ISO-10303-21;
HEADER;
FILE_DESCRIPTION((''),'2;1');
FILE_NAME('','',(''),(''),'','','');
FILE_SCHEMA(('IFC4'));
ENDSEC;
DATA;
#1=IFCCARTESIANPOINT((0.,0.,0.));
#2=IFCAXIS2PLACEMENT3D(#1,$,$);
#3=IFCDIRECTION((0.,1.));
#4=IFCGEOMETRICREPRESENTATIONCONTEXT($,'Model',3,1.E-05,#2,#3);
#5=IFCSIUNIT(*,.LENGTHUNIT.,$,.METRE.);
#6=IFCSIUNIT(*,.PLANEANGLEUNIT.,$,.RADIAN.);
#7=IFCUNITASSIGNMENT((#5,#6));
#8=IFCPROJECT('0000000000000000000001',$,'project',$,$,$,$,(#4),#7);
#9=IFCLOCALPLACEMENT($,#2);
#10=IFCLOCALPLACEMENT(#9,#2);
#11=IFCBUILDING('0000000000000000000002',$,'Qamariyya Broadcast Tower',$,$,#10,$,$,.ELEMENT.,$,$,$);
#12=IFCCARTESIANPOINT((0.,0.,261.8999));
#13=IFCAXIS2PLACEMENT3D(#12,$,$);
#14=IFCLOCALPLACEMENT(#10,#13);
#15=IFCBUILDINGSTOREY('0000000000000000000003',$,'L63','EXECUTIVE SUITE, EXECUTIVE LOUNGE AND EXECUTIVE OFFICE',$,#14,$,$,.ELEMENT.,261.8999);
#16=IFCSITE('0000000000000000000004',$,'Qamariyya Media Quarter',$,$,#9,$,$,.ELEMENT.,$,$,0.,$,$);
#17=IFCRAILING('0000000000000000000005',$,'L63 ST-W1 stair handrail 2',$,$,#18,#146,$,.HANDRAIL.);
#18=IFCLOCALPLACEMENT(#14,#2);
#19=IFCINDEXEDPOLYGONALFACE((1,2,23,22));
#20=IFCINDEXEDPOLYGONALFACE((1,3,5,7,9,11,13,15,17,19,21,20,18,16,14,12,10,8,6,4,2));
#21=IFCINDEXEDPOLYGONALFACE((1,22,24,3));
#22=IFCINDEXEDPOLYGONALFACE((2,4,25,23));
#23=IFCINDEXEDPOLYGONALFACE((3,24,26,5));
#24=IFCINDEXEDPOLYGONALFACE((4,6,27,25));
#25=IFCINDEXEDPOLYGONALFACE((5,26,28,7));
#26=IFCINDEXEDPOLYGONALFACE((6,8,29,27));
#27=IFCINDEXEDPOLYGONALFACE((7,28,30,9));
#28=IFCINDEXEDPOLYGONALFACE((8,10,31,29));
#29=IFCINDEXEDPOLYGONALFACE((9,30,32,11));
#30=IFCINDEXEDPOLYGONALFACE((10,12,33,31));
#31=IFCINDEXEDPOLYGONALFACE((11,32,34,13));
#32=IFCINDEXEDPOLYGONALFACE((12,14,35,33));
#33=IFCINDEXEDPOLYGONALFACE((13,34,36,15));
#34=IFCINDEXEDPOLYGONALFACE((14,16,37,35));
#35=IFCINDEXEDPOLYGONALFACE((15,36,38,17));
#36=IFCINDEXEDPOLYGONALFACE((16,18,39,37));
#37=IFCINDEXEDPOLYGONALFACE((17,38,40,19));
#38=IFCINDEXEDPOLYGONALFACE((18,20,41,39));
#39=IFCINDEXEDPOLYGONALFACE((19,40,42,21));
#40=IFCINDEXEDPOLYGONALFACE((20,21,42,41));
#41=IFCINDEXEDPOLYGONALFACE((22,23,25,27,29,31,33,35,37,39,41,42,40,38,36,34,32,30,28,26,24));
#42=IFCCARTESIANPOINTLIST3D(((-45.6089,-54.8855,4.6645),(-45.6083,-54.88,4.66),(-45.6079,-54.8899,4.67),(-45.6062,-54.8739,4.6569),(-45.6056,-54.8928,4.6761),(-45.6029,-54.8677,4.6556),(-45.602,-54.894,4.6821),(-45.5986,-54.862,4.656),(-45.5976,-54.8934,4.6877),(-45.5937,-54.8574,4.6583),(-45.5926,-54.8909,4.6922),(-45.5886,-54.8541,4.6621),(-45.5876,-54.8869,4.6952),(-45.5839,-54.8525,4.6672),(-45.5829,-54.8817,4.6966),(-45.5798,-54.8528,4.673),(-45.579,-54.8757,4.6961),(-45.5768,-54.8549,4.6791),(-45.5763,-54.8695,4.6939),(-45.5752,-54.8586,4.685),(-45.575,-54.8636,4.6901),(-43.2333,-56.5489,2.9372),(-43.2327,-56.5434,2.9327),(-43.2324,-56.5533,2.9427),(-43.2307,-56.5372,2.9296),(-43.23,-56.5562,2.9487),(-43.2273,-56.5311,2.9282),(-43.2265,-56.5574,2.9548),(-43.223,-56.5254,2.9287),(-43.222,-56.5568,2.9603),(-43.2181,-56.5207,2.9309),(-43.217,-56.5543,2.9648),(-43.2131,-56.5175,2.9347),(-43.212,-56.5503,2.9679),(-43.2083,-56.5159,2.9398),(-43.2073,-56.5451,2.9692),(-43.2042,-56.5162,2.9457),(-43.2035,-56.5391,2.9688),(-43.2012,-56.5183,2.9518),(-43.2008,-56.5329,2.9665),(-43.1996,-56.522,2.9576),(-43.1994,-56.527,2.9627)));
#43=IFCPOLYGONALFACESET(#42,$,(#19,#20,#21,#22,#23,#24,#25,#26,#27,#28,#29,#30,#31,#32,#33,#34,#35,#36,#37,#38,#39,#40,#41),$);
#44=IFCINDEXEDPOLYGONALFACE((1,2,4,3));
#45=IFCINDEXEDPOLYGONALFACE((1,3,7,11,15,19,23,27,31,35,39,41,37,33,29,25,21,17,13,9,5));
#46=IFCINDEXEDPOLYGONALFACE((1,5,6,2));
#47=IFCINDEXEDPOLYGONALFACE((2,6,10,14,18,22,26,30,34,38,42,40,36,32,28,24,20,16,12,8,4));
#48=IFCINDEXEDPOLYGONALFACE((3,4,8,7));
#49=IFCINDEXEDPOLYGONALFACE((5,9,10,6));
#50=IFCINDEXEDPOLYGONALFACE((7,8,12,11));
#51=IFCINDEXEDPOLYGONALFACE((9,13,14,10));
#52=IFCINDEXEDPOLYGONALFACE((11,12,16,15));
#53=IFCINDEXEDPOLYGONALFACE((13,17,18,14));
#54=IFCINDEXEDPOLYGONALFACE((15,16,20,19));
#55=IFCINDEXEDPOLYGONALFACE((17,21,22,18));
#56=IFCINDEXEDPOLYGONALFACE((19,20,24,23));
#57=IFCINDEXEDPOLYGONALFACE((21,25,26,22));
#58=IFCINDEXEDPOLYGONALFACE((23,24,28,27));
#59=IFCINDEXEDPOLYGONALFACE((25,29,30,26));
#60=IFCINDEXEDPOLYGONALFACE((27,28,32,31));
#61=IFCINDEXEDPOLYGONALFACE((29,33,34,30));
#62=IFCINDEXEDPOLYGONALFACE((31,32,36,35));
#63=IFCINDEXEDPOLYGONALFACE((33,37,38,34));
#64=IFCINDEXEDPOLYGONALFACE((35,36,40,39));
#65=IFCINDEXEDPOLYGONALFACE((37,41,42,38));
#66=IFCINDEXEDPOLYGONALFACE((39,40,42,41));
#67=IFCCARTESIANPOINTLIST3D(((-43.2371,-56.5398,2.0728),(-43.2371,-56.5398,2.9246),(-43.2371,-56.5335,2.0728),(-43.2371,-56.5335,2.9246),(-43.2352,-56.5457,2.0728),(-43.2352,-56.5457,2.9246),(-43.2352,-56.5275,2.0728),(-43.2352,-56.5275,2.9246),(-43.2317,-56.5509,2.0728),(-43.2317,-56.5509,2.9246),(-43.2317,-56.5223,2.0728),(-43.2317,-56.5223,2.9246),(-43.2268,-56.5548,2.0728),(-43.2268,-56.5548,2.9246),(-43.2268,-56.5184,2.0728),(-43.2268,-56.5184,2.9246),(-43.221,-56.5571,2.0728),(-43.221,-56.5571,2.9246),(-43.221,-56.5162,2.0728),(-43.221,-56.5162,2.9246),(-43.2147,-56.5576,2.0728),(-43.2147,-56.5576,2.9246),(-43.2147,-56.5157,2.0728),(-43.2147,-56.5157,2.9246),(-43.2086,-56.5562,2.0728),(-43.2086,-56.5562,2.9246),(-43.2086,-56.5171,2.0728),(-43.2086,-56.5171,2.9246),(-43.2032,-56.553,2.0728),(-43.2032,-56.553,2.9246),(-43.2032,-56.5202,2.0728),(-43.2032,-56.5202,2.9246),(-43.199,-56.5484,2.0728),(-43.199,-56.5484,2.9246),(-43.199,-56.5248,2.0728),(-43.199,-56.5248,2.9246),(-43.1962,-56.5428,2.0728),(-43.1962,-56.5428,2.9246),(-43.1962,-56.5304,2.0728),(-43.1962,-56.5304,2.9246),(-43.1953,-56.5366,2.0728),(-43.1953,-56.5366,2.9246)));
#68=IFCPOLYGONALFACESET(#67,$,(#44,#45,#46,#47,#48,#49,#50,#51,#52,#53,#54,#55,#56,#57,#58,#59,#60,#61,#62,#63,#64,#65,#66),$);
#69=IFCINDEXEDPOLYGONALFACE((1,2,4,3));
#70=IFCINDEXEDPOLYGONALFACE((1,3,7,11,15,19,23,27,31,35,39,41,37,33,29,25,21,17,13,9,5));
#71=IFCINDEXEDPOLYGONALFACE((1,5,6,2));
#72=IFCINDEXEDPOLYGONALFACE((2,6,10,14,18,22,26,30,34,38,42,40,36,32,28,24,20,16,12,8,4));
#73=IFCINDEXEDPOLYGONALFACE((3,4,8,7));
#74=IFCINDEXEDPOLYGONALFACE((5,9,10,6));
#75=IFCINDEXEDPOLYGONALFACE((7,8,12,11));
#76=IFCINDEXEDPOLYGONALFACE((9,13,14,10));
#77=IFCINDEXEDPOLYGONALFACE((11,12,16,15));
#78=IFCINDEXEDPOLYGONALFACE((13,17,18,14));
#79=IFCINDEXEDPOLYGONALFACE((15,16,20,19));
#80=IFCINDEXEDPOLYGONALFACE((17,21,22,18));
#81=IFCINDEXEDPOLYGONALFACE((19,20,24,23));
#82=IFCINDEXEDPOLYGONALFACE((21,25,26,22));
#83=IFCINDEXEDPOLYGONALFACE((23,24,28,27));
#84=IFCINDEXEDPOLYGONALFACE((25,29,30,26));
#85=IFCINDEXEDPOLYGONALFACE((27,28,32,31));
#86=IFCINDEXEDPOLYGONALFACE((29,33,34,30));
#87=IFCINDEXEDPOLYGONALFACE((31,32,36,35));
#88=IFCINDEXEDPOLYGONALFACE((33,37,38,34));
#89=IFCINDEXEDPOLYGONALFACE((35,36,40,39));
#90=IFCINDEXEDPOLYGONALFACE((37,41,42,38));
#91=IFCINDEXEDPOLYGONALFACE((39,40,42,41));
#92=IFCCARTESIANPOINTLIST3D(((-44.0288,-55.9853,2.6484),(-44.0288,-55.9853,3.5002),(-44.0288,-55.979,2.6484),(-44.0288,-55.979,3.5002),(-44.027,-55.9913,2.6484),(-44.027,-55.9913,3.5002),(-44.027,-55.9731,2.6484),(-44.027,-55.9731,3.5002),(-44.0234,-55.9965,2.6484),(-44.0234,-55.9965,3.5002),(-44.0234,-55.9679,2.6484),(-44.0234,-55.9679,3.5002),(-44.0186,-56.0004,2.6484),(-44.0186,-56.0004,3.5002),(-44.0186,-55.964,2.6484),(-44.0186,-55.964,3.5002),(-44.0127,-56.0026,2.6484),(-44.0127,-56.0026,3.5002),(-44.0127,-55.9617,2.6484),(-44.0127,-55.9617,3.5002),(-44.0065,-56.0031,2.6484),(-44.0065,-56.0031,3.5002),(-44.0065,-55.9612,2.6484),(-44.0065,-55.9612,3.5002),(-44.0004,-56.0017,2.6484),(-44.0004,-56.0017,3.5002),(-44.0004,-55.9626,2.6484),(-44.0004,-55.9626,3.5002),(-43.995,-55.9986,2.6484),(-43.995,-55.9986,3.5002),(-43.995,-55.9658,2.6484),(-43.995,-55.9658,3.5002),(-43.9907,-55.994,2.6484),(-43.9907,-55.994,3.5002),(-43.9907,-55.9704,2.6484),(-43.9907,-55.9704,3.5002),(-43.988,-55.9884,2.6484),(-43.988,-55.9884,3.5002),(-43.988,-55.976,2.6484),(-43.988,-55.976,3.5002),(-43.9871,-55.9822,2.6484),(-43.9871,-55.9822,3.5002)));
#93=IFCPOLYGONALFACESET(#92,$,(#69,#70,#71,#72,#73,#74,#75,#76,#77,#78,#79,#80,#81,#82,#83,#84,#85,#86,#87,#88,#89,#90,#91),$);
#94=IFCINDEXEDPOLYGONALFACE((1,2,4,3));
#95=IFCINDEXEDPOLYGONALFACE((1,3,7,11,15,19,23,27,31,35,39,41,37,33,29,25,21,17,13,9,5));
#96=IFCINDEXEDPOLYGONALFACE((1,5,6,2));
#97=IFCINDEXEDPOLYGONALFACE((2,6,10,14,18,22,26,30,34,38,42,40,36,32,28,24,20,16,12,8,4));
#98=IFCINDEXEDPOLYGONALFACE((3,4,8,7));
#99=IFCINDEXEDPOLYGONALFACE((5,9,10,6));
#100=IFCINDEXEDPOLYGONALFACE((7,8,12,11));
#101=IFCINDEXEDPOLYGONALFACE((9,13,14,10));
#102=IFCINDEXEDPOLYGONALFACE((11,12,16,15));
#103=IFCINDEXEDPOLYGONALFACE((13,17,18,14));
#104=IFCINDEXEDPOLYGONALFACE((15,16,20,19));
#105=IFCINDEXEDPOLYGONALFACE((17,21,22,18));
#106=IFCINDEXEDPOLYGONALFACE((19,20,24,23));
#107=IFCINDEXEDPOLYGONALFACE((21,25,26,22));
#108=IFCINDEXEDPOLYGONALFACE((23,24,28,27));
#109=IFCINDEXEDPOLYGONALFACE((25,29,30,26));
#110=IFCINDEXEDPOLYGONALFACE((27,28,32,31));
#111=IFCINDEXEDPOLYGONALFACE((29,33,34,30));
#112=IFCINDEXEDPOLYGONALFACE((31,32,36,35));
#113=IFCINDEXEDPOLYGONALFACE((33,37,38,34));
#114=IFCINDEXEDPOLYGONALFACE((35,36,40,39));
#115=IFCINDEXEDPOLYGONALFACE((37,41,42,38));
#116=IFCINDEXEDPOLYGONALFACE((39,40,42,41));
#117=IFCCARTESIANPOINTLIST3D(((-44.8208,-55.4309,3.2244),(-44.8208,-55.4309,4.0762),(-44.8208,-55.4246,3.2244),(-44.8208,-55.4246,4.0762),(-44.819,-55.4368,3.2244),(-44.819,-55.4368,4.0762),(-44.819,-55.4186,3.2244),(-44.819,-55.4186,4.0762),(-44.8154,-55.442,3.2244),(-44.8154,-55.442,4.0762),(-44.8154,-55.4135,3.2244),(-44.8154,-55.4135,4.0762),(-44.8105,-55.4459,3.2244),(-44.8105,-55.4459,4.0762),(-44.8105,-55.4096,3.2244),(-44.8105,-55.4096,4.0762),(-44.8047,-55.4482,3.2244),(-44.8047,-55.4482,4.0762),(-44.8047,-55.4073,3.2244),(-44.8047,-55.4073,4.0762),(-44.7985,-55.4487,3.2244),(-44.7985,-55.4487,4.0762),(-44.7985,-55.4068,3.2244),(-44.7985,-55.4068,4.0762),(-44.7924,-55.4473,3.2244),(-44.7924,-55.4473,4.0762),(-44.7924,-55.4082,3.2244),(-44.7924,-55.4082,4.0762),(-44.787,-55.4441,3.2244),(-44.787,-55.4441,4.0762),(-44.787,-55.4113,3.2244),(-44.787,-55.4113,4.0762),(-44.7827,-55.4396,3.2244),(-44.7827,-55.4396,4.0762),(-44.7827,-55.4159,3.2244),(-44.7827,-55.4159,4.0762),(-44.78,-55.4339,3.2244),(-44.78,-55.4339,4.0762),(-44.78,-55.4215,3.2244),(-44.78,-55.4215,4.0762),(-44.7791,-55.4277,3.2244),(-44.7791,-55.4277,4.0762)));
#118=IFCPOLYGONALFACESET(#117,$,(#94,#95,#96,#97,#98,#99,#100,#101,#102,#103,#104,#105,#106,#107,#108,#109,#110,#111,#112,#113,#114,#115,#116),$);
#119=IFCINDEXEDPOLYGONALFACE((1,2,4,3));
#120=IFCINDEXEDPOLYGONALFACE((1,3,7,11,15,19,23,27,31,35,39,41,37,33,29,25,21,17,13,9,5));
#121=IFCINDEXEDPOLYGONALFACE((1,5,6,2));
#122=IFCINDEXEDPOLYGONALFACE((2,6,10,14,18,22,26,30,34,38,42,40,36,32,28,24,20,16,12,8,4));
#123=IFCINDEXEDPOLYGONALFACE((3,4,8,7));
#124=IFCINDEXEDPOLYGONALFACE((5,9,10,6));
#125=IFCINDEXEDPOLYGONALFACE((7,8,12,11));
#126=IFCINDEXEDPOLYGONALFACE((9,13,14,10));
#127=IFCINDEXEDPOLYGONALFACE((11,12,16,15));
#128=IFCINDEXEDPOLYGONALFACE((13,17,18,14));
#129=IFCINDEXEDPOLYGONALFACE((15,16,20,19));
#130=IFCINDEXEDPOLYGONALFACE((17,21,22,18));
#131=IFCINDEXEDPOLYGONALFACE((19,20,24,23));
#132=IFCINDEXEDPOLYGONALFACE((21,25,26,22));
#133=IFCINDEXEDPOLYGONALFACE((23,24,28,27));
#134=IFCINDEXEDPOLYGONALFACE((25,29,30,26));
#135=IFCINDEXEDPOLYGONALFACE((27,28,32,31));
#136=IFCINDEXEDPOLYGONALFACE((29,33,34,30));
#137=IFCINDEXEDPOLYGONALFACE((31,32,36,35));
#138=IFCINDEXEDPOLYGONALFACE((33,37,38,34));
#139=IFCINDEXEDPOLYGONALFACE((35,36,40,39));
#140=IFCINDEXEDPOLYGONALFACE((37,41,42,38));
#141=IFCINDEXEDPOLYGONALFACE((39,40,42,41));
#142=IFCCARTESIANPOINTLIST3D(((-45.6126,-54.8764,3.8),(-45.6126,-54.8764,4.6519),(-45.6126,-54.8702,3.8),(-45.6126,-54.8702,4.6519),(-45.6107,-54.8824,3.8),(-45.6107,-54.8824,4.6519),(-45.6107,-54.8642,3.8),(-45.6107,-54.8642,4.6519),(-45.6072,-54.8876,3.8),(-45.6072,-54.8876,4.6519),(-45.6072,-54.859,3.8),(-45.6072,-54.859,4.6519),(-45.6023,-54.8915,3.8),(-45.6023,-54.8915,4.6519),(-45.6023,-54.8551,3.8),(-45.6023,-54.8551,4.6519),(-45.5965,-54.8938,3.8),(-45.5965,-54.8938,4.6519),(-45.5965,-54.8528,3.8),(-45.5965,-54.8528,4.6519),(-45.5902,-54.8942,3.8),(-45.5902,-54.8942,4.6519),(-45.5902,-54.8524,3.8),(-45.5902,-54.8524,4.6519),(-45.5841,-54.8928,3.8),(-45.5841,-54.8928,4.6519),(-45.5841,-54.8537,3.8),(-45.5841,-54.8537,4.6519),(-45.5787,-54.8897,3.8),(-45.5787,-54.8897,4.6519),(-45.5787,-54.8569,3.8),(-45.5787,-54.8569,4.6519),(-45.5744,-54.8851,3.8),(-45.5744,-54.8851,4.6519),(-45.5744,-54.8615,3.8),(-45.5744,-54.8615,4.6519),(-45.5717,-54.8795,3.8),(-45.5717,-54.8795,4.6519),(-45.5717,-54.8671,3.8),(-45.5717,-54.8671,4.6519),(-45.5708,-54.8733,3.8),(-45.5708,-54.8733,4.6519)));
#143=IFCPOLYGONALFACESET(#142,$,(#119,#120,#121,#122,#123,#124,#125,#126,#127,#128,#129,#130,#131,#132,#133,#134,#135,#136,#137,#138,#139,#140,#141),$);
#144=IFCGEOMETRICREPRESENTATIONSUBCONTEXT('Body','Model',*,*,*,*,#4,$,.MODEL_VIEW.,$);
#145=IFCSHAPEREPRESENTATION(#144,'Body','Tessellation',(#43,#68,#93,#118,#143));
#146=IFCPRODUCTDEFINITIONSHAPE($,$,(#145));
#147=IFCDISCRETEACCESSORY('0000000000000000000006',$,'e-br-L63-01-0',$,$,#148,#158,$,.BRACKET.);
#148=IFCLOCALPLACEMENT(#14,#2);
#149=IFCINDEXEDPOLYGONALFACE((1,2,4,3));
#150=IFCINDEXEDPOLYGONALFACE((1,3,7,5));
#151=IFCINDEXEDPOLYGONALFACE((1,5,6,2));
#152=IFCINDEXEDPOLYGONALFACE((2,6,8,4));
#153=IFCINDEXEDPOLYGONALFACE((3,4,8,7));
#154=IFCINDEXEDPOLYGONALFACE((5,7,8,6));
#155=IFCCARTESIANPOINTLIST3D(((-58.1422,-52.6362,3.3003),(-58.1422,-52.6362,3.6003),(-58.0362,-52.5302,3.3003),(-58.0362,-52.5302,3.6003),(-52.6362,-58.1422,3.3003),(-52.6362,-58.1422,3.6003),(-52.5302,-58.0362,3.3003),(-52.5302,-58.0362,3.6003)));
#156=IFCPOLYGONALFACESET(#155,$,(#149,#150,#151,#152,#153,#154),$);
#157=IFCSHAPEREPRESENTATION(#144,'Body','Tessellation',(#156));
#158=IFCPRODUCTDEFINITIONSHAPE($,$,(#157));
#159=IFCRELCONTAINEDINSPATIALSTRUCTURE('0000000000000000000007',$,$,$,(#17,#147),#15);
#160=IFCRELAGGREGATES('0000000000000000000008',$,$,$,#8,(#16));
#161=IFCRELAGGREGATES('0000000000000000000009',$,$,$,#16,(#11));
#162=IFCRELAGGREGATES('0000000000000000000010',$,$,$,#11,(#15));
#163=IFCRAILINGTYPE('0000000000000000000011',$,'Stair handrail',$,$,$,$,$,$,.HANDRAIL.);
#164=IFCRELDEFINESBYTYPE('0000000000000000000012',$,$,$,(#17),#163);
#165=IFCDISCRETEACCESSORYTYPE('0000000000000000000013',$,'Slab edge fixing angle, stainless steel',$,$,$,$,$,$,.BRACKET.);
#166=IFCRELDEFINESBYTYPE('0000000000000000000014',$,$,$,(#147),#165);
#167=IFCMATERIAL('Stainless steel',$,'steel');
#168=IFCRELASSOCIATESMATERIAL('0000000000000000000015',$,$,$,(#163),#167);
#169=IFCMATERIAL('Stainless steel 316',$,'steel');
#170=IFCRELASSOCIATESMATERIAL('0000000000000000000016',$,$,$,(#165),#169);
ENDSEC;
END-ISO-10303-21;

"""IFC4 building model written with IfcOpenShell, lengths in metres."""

from ifc_helpers import new_model, si_unit, direction, frame, origin, origin_2d, place, context, subcontext, project, spatial, rectangle, circle, extrude, material, type_object, element, save


model = new_model("IFC4")

# Units and contexts
model_context = context("Model", 3, precision=1e-05, world=origin(), true_north=direction((0.0, 1.0)))
body_context = subcontext(model_context, "Body", "Model", "MODEL_VIEW")
ifc_project = project(units=[si_unit("LENGTHUNIT", "METRE"), si_unit("PLANEANGLEUNIT", "RADIAN")], contexts=[model_context])

# Site, building, storey
site_placement = place(None, origin())
site = spatial("IfcSite", under=ifc_project, at=site_placement, Name="Qamariyya Media Quarter", CompositionType="ELEMENT", RefElevation=0.0)
building_placement = place(site_placement, origin())
building = spatial("IfcBuilding", under=site, at=building_placement, Name="Qamariyya Broadcast Tower", CompositionType="ELEMENT")
storey_placement = place(building_placement, frame((0.0, 0.0, 261.8999)))
storey = spatial("IfcBuildingStorey", under=building, at=storey_placement, Name="L63", Description="EXECUTIVE SUITE, EXECUTIVE LOUNGE AND EXECUTIVE OFFICE", CompositionType="ELEMENT", Elevation=261.8999)

# Railing
ifc_material_1 = material(Name="Stainless steel", Category="steel")
railing_type_1 = type_object("IfcRailingType", Name="Stair handrail", PredefinedType="HANDRAIL", material=ifc_material_1)
railing_1_placement = place(storey_placement, frame((-43.2163, -56.5366, 2.0728)))
element("IfcRailing", 1, at=railing_1_placement, inside=storey, type_object=railing_type_1, Name="L63 ST-W1 stair handrail 2", PredefinedType="HANDRAIL", context=body_context, shape_type="SweptSolid", body=[
    extrude(circle(Radius=0.0239, at=origin_2d()), frame((0.0, 0.0, 0.876), z_axis=(-0.70377, 0.492784, 0.511734), x_axis=(-0.573575, -0.819153, 0.0)), (0.0, 0.0, 1.0), 3.3755),
    extrude(circle(Radius=0.021, at=origin_2d()), origin(), (0.0, 0.0, 1.0), 0.8518),
    extrude(circle(Radius=0.021, at=origin_2d()), frame((-0.7917, 0.5544, 0.5757)), (0.0, 0.0, 1.0), 0.8518),
    extrude(circle(Radius=0.021, at=origin_2d()), frame((-1.5837, 1.1089, 1.1516)), (0.0, 0.0, 1.0), 0.8518),
    extrude(circle(Radius=0.021, at=origin_2d()), frame((-2.3755, 1.6633, 1.7273)), (0.0, 0.0, 1.0), 0.8518),
])

# Discrete accessory
ifc_material_2 = material(Name="Stainless steel 316", Category="steel")
discrete_accessory_type = type_object("IfcDiscreteAccessoryType", Name="Slab edge fixing angle, stainless steel", PredefinedType="BRACKET", material=ifc_material_2)
discrete_accessory_placement = place(storey_placement, frame((-55.3362, -55.3362, 3.3003), z_axis=(0.0, 0.0, 1.0), x_axis=(0.707107, -0.707107, 0.0)))
element("IfcDiscreteAccessory", 2, at=discrete_accessory_placement, inside=storey, type_object=discrete_accessory_type, Name="e-br-L63-01-0", PredefinedType="BRACKET", context=body_context, shape_type="SweptSolid", body=[
    extrude(rectangle(XDim=7.7866, YDim=0.1499, at=origin_2d()), origin(), (0.0, 0.0, 1.0), 0.3),
])

save(model, "model.ifc")
